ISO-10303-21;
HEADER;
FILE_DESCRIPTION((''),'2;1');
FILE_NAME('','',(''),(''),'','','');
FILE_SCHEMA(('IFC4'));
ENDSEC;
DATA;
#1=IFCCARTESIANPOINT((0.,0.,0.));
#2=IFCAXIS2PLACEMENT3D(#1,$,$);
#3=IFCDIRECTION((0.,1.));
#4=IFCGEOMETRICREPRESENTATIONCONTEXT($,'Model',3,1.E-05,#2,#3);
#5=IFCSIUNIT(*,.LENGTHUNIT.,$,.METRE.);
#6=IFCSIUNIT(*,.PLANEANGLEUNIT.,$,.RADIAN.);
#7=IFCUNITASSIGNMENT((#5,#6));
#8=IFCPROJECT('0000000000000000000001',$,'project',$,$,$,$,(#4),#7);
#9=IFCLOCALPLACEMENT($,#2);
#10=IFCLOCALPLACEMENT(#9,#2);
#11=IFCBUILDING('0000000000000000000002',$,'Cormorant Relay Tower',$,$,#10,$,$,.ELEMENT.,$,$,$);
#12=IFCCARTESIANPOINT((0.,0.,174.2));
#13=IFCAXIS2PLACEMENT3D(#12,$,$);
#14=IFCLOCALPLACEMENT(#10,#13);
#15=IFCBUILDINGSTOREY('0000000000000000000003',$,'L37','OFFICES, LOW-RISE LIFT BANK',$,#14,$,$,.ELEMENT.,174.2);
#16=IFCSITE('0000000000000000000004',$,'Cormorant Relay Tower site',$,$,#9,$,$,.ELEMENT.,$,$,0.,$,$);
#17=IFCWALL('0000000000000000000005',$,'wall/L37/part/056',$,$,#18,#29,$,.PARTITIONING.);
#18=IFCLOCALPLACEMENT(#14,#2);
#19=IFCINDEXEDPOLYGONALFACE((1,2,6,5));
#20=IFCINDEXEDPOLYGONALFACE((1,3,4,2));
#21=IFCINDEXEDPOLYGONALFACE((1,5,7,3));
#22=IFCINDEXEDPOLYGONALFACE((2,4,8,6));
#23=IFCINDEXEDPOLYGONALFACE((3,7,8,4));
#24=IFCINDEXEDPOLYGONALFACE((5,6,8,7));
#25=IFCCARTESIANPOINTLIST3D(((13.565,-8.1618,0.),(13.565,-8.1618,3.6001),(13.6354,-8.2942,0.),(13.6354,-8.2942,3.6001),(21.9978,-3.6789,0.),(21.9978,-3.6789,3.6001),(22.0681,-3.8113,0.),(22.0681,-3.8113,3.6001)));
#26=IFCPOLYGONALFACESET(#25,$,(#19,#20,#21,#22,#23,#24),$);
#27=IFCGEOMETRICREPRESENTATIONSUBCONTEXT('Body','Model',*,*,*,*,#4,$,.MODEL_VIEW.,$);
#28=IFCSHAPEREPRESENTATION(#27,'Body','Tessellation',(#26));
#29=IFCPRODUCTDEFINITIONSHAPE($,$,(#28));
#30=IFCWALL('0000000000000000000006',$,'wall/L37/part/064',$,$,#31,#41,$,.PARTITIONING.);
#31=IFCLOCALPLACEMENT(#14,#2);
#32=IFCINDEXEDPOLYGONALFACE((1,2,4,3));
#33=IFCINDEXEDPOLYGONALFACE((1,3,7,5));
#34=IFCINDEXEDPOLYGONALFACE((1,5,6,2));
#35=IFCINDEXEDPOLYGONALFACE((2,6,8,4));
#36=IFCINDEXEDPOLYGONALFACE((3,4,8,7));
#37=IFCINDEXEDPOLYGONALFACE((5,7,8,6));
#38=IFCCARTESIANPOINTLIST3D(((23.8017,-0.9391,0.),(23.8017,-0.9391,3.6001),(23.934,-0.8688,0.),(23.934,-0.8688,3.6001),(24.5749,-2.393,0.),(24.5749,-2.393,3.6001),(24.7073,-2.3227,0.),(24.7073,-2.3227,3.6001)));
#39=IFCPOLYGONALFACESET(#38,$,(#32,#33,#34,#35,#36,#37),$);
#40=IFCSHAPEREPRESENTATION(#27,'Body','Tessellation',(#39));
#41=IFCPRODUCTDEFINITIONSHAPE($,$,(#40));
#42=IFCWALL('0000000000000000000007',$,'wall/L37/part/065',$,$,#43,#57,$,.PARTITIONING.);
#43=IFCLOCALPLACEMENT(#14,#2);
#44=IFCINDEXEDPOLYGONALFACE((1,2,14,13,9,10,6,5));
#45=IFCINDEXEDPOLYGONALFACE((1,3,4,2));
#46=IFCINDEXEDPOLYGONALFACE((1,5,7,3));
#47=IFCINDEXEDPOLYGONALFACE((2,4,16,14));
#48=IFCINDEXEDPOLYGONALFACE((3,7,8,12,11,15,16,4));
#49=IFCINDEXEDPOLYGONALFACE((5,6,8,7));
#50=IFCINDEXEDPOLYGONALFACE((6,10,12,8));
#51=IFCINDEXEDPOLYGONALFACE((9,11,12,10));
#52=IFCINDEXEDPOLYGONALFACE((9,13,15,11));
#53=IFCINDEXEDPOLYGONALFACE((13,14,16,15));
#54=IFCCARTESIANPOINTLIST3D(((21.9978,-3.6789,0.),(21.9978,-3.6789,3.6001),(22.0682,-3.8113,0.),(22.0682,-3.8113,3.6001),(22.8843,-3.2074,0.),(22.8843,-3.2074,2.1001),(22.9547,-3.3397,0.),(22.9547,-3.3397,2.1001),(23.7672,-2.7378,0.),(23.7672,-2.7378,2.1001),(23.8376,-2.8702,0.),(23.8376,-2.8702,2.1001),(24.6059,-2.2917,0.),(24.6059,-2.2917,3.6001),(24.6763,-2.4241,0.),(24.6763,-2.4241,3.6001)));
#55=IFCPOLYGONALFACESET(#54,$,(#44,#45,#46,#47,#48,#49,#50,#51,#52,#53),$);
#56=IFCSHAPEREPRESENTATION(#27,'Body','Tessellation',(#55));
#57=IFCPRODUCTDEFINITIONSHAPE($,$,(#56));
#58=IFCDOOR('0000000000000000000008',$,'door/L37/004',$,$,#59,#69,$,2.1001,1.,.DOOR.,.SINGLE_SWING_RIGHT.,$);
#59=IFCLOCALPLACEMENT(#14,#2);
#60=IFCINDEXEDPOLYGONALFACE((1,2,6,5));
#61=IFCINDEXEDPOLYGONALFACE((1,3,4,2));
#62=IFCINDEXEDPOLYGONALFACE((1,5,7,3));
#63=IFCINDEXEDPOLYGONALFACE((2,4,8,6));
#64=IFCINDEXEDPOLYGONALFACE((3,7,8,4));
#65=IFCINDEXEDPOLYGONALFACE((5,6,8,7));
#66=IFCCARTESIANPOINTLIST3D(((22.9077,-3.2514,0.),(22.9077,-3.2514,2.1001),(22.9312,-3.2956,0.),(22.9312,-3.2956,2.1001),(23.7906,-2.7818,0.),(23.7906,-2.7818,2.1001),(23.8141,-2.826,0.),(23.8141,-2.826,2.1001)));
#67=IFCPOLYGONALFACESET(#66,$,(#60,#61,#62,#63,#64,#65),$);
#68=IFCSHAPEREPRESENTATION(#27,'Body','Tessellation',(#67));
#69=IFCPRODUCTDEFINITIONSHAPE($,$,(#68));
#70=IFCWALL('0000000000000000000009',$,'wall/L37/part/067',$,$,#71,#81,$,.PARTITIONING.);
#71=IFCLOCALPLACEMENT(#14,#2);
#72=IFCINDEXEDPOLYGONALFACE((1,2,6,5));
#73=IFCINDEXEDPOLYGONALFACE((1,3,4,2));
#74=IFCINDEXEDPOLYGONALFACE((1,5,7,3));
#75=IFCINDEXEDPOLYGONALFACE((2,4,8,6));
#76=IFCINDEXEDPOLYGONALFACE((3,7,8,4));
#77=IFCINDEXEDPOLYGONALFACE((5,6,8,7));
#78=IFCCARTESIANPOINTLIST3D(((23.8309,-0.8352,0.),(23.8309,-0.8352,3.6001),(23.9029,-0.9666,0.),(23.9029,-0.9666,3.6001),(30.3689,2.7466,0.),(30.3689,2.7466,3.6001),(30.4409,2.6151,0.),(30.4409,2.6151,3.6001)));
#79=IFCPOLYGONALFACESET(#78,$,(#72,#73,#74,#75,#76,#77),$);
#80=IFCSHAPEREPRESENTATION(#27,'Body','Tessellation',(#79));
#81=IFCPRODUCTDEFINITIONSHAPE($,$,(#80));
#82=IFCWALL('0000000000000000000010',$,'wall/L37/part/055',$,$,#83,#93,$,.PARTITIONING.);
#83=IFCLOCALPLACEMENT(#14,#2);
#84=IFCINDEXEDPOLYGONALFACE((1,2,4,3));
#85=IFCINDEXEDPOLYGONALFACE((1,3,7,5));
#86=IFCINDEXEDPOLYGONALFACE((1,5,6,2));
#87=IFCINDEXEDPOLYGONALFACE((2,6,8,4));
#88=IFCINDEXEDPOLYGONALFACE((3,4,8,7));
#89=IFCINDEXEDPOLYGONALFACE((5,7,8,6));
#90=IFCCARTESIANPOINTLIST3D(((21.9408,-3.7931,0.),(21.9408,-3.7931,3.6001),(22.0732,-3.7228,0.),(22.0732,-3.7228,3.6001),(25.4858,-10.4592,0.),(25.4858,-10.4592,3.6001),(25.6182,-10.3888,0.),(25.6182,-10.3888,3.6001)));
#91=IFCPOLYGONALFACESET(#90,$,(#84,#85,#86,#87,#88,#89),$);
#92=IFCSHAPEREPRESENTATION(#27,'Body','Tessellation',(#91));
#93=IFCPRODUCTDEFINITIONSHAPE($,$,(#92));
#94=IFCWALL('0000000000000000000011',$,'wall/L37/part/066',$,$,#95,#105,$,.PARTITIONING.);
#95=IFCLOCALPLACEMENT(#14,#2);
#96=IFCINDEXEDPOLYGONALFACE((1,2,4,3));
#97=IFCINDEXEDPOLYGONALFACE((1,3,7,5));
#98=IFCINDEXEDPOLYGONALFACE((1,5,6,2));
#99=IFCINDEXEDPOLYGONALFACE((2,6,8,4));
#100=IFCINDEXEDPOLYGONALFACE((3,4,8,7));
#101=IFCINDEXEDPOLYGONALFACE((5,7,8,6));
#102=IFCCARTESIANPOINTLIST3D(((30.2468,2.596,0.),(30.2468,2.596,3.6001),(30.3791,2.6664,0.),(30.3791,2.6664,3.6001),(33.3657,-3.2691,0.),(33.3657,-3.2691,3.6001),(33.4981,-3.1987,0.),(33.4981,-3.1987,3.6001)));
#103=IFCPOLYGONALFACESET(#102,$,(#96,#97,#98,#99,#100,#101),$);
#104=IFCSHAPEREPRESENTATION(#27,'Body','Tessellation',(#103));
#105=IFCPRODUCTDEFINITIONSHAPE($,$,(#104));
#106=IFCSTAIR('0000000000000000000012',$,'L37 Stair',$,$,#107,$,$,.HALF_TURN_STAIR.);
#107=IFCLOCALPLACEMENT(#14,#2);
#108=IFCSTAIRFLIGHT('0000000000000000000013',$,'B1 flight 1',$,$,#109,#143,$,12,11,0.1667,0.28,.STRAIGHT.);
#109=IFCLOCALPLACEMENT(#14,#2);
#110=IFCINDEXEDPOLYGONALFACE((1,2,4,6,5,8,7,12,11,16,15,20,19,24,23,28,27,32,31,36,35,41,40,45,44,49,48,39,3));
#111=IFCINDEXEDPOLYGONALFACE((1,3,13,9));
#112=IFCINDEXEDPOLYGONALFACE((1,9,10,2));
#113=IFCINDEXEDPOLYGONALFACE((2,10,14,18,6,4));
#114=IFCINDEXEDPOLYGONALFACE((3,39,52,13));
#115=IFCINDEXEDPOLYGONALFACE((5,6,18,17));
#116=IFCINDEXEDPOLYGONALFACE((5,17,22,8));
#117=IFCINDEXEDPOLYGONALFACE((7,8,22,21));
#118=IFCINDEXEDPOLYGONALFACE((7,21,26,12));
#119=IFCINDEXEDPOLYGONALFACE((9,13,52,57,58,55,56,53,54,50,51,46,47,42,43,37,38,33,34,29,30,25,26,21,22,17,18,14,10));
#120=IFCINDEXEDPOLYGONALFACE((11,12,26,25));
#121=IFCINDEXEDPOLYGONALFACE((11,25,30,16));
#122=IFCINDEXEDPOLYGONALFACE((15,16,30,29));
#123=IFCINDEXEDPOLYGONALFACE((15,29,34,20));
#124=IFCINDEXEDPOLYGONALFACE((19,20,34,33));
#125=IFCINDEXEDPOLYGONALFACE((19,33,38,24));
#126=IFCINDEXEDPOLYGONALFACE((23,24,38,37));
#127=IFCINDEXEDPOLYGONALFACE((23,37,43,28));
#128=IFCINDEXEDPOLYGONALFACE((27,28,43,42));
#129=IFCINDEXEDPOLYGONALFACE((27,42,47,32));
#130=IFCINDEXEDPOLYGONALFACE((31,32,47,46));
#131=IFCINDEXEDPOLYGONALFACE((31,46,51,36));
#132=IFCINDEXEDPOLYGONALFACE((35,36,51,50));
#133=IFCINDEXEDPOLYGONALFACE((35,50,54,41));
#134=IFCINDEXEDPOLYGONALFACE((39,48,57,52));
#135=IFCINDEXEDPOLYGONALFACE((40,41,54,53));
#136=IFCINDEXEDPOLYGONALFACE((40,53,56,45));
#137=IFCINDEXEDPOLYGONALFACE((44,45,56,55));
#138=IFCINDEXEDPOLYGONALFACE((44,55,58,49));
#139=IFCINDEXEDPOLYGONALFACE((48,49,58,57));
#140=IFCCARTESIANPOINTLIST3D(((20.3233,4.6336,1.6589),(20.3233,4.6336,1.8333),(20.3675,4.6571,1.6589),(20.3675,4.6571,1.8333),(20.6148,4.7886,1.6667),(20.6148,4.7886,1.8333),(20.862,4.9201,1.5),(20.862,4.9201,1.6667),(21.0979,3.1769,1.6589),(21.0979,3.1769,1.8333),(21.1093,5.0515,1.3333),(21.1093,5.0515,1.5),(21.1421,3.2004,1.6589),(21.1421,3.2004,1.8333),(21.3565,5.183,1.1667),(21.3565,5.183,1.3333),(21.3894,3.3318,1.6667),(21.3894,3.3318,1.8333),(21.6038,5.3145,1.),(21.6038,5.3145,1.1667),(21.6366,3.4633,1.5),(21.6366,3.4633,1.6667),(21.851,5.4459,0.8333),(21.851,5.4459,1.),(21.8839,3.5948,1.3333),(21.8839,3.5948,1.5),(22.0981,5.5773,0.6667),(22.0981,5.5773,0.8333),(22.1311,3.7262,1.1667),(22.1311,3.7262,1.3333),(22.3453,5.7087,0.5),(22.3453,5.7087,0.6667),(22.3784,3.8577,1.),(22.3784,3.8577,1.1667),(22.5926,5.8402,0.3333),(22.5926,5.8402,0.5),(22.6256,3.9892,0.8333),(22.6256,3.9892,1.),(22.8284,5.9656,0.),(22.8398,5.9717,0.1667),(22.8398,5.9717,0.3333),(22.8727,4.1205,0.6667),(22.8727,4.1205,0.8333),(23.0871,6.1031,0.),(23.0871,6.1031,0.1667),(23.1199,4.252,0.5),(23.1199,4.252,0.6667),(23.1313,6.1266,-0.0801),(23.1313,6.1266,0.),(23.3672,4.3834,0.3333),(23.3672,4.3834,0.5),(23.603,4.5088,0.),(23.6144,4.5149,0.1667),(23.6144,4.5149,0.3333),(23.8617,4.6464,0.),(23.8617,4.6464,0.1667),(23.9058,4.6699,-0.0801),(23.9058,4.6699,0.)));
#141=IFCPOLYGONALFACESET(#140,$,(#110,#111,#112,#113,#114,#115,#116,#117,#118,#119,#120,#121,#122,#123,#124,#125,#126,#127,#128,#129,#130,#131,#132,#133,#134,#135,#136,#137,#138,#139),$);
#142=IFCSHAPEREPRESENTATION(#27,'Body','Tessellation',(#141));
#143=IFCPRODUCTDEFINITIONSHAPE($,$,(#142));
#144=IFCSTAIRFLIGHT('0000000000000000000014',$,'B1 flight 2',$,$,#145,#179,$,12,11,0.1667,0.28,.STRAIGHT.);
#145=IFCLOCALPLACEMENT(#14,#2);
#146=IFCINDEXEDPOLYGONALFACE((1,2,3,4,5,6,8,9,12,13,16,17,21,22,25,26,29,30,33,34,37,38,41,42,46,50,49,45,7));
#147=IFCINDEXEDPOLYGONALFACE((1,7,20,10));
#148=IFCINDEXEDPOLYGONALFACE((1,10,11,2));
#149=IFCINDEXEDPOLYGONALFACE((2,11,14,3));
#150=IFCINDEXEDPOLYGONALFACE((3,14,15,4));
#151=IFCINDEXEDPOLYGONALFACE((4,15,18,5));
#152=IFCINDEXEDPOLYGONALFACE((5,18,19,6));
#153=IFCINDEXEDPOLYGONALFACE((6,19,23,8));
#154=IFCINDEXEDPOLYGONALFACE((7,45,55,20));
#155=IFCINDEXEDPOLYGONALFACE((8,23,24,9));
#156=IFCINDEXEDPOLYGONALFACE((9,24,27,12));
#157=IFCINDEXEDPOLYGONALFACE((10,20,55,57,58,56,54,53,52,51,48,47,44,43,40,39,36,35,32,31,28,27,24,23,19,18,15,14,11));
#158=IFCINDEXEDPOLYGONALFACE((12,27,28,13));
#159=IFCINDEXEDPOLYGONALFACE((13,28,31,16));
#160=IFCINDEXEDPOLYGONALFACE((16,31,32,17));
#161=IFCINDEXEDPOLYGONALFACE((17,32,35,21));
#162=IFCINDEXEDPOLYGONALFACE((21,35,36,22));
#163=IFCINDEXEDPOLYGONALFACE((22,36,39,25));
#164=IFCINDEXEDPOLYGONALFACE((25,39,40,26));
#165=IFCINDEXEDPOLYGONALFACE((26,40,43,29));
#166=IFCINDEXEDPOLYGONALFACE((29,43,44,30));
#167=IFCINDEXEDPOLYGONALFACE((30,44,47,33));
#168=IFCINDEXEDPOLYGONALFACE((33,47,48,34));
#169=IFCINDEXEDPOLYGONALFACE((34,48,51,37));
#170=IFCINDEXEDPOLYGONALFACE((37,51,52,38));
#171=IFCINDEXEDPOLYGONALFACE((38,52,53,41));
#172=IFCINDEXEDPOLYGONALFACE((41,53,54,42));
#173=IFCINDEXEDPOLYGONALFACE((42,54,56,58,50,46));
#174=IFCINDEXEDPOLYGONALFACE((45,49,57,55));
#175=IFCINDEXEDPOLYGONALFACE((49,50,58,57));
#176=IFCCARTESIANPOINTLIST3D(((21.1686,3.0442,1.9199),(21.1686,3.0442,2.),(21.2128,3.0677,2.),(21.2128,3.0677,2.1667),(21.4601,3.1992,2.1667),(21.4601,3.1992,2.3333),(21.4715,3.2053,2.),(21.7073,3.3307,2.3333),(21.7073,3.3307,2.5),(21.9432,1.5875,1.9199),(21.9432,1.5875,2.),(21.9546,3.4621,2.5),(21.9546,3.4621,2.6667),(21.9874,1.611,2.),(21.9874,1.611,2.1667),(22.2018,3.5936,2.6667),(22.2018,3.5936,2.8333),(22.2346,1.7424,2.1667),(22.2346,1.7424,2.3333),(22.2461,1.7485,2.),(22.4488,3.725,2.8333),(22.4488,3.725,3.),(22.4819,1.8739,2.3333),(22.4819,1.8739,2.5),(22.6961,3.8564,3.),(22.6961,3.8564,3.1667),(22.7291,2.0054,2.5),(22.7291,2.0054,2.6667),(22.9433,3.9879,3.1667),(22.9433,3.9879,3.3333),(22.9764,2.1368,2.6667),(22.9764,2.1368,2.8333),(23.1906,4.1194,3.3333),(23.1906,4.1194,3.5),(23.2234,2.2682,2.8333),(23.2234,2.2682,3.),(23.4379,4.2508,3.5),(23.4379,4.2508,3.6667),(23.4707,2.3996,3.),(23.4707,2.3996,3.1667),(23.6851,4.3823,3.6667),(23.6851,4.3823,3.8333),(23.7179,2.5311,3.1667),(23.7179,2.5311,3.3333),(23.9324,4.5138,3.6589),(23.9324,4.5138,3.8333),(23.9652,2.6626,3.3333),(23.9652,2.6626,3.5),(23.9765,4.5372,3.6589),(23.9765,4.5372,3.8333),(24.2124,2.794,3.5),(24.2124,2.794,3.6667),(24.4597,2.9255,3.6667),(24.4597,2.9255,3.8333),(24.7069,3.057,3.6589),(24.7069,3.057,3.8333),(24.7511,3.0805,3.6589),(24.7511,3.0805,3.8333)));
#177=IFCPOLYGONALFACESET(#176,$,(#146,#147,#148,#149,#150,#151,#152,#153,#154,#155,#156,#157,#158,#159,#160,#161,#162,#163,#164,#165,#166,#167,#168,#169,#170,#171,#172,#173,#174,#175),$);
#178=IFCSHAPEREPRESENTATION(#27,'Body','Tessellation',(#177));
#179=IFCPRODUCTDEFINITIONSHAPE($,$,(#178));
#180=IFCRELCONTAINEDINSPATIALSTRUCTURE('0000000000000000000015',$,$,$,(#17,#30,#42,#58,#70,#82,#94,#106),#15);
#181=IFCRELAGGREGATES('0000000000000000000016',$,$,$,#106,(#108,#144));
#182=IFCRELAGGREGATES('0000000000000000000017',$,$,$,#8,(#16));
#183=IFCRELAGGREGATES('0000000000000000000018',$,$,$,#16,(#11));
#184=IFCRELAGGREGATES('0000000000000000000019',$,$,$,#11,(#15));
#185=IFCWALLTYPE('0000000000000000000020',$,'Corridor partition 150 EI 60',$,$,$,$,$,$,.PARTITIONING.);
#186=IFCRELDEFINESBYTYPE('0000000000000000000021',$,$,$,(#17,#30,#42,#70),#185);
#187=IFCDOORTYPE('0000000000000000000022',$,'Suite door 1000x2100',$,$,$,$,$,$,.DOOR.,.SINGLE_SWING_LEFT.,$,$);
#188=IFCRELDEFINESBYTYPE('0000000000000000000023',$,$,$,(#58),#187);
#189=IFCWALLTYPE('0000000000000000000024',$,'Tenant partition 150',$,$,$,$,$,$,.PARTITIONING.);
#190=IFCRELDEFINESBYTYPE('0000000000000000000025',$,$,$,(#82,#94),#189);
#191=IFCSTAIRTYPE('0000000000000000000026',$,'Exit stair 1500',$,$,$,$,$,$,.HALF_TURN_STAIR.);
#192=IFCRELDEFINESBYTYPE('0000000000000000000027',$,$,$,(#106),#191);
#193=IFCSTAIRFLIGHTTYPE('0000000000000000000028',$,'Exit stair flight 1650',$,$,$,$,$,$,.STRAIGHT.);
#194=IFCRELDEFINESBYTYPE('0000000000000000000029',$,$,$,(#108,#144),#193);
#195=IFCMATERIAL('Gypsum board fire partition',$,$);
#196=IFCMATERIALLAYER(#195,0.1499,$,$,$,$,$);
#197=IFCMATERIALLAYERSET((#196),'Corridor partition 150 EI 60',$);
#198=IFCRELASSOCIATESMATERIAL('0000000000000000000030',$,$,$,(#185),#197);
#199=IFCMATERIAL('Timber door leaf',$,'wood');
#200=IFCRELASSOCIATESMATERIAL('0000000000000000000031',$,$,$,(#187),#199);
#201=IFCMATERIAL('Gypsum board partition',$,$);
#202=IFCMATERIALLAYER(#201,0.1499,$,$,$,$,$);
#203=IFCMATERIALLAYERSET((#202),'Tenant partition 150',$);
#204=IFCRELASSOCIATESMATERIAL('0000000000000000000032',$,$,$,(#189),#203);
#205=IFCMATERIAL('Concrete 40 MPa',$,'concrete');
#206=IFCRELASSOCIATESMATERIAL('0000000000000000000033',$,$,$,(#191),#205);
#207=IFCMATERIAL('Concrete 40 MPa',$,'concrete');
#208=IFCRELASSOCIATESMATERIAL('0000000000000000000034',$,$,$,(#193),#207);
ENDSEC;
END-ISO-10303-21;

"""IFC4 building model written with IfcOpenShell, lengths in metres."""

from ifc_helpers import new_model, si_unit, direction, frame, frame_2d, origin, place, context, subcontext, project, spatial, polyline, rectangle, outline, extrude, material, layer, layer_set, type_object, element, fill, aggregate, save


model = new_model("IFC4")

# Units and contexts
model_context = context("Model", 3, precision=1e-05, world=origin(), true_north=direction((0.0, 1.0)))
body_context = subcontext(model_context, "Body", "Model", "MODEL_VIEW")
ifc_project = project(units=[si_unit("LENGTHUNIT", "METRE"), si_unit("PLANEANGLEUNIT", "RADIAN")], contexts=[model_context])

# Site, building, storey
site_placement = place(None, origin())
site = spatial("IfcSite", under=ifc_project, at=site_placement, Name="Cormorant Relay Tower site", CompositionType="ELEMENT", RefElevation=0.0)
building_placement = place(site_placement, origin())
building = spatial("IfcBuilding", under=site, at=building_placement, Name="Cormorant Relay Tower", CompositionType="ELEMENT")
storey_placement = place(building_placement, frame((0.0, 0.0, 174.2)))
storey = spatial("IfcBuildingStorey", under=building, at=storey_placement, Name="L37", Description="OFFICES, LOW-RISE LIFT BANK", CompositionType="ELEMENT", Elevation=174.2)

# Walls
ifc_material_1 = material(Name="Gypsum board fire partition")
ifc_layer_1 = layer(ifc_material_1, 0.1499)
ifc_layer_set_1 = layer_set([ifc_layer_1], Name="Corridor partition 150 EI 60")
wall_type_1 = type_object("IfcWallType", Name="Corridor partition 150 EI 60", PredefinedType="PARTITIONING", material=ifc_layer_set_1)
wall_1_placement = place(storey_placement, frame((22.033, -3.7451, 0.0), z_axis=(0.0, 0.0, 1.0), x_axis=(-0.882988, -0.469396, 0.0)))
element("IfcWall", 1, at=wall_1_placement, inside=storey, type_object=wall_type_1, Name="wall/L37/part/056", PredefinedType="PARTITIONING", context=body_context, shape_type="SweptSolid", body=[
    extrude(rectangle(XDim=9.5503, YDim=0.1499, at=frame_2d((4.7751, 0.0))), origin(), (0.0, 0.0, 1.0), 3.6001),
])
wall_2_placement = place(storey_placement, frame((23.8679, -0.9041, 0.0), z_axis=(0.0, 0.0, 1.0), x_axis=(0.469549, -0.882906, 0.0)))
element("IfcWall", 2, at=wall_2_placement, inside=storey, type_object=wall_type_1, Name="wall/L37/part/064", PredefinedType="PARTITIONING", context=body_context, shape_type="SweptSolid", body=[
    extrude(rectangle(XDim=1.6467, YDim=0.1499, at=frame_2d((0.8232, 0.0))), origin(), (0.0, 0.0, 1.0), 3.6001),
])

# Wall, opening, door
wall_3_placement = place(storey_placement, frame((24.6411, -2.3579, 0.0), z_axis=(0.0, 0.0, 1.0), x_axis=(-0.882888, -0.469584, 0.0)))
wall_3 = element("IfcWall", 3, at=wall_3_placement, inside=storey, type_object=wall_type_1, Name="wall/L37/part/065", PredefinedType="PARTITIONING", context=body_context, shape_type="SweptSolid", body=[
    extrude(rectangle(XDim=2.9541, YDim=0.1499, at=frame_2d((1.4771, 0.0))), origin(), (0.0, 0.0, 1.0), 3.6001),
])
opening_1_placement = place(wall_3_placement, frame((0.95, 0.0, 0.0)))
opening_1 = element("IfcOpeningElement", 4, at=opening_1_placement, cuts=wall_3, PredefinedType="OPENING", context=body_context, shape_type="SweptSolid", body=[
    extrude(rectangle(XDim=1.0, YDim=2.1001, at=frame_2d((0.5, 1.05))), frame((0.0, 0.085, 0.0), z_axis=(0.0, -1.0, 0.0), x_axis=(1.0, 0.0, 0.0)), (0.0, 0.0, 1.0), 0.1699),
])
ifc_material_2 = material(Name="Timber door leaf", Category="wood")
door_type_1 = type_object("IfcDoorType", Name="Suite door 1000x2100", OperationType="SINGLE_SWING_LEFT", PredefinedType="DOOR", material=ifc_material_2)
door_1_placement = place(opening_1_placement, origin())
door_1 = element("IfcDoor", 5, at=door_1_placement, inside=storey, type_object=door_type_1, Name="door/L37/004", OperationType="SINGLE_SWING_RIGHT", OverallHeight=2.1001, OverallWidth=1.0, PredefinedType="DOOR", context=body_context, shape_type="SweptSolid", body=[
    extrude(rectangle(XDim=1.0, YDim=2.1001, at=frame_2d((0.5, 1.05))), frame((0.0, 0.0249, 0.0), z_axis=(0.0, -1.0, 0.0), x_axis=(1.0, 0.0, 0.0)), (0.0, 0.0, 1.0), 0.05),
])
fill(opening_1, door_1)

# Walls
wall_4_placement = place(storey_placement, frame((30.405, 2.6809, 0.0), z_axis=(0.0, 0.0, 1.0), x_axis=(-0.877017, -0.48046, 0.0)))
element("IfcWall", 6, at=wall_4_placement, inside=storey, type_object=wall_type_1, Name="wall/L37/part/067", PredefinedType="PARTITIONING", context=body_context, shape_type="SweptSolid", body=[
    extrude(rectangle(XDim=7.4548, YDim=0.1499, at=frame_2d((3.7275, 0.0))), origin(), (0.0, 0.0, 1.0), 3.6001),
])
ifc_material_3 = material(Name="Gypsum board partition")
ifc_layer_2 = layer(ifc_material_3, 0.1499)
ifc_layer_set_2 = layer_set([ifc_layer_2], Name="Tenant partition 150")
wall_type_2 = type_object("IfcWallType", Name="Tenant partition 150", PredefinedType="PARTITIONING", material=ifc_layer_set_2)
wall_5_placement = place(storey_placement, frame((22.0071, -3.7581, 0.0), z_axis=(0.0, 0.0, 1.0), x_axis=(0.469527, -0.882918, 0.0)))
element("IfcWall", 7, at=wall_5_placement, inside=storey, type_object=wall_type_2, Name="wall/L37/part/055", PredefinedType="PARTITIONING", context=body_context, shape_type="SweptSolid", body=[
    extrude(rectangle(XDim=7.55, YDim=0.1499, at=frame_2d((3.7749, 0.0))), origin(), (0.0, 0.0, 1.0), 3.6001),
])
wall_6_placement = place(storey_placement, frame((30.313, 2.6311, 0.0), z_axis=(0.0, 0.0, 1.0), x_axis=(0.469522, -0.882921, 0.0)))
element("IfcWall", 8, at=wall_6_placement, inside=storey, type_object=wall_type_2, Name="wall/L37/part/066", PredefinedType="PARTITIONING", context=body_context, shape_type="SweptSolid", body=[
    extrude(rectangle(XDim=6.6428, YDim=0.1499, at=frame_2d((3.3213, 0.0))), origin(), (0.0, 0.0, 1.0), 3.6001),
])

# Stair, stair flights
ifc_material_4 = material(Name="Concrete 40 MPa", Category="concrete")
stair_type = type_object("IfcStairType", Name="Exit stair 1500", PredefinedType="HALF_TURN_STAIR", material=ifc_material_4)
stair_placement = place(storey_placement, origin())
stair = element("IfcStair", 9, at=stair_placement, inside=storey, type_object=stair_type, Name="L37 Stair", PredefinedType="HALF_TURN_STAIR")
ifc_material_5 = material(Name="Concrete 40 MPa", Category="concrete")
stair_flight_type = type_object("IfcStairFlightType", Name="Exit stair flight 1650", PredefinedType="STRAIGHT", material=ifc_material_5)
stair_flight_1_placement = place(storey_placement, frame((23.4744, 5.3748, 0.0), z_axis=(0.0, 0.0, 1.0), x_axis=(-0.882948, -0.469472, 0.0)))
stair_flight_1 = element("IfcStairFlight", 10, at=stair_flight_1_placement, type_object=stair_flight_type, Name="B1 flight 1", NumberOfRisers=12, NumberOfTreads=11, PredefinedType="STRAIGHT", RiserHeight=0.1667, TreadLength=0.28, context=body_context, shape_type="SweptSolid", body=[
    extrude(outline(polyline([(-0.05, -0.0801), (-0.05, 0.0), (0.0, 0.0), (0.0, 0.1667), (0.28, 0.1667), (0.28, 0.3333), (0.5601, 0.3333), (0.5601, 0.5), (0.8401, 0.5), (0.8401, 0.6667), (1.1201, 0.6667), (1.1201, 0.8333), (1.3999, 0.8333), (1.3999, 1.0), (1.6799, 1.0), (1.6799, 1.1667), (1.96, 1.1667), (1.96, 1.3333), (2.24, 1.3333), (2.24, 1.5), (2.52, 1.5), (2.52, 1.6667), (2.8, 1.6667), (2.8, 1.8333), (3.0801, 1.8333), (3.1301, 1.8333), (3.1301, 1.6589), (3.0801, 1.6589), (0.293, 0.0), (-0.05, -0.0801)])), frame((0.0, 0.825, 0.0), z_axis=(0.0, -1.0, 0.0), x_axis=(1.0, 0.0, 0.0)), (0.0, 0.0, 1.0), 1.6499),
])
stair_flight_2_placement = place(storey_placement, frame((21.6001, 2.3394, 2.0), z_axis=(0.0, 0.0, 1.0), x_axis=(0.882948, 0.469472, 0.0)))
stair_flight_2 = element("IfcStairFlight", 11, at=stair_flight_2_placement, type_object=stair_flight_type, Name="B1 flight 2", NumberOfRisers=12, NumberOfTreads=11, PredefinedType="STRAIGHT", RiserHeight=0.1667, TreadLength=0.28, context=body_context, shape_type="SweptSolid", body=[
    extrude(outline(polyline([(-0.05, -0.0801), (-0.05, 0.0), (0.0, 0.0), (0.0, 0.1667), (0.28, 0.1667), (0.28, 0.3333), (0.5601, 0.3333), (0.5601, 0.5), (0.8401, 0.5), (0.8401, 0.6667), (1.1201, 0.6667), (1.1201, 0.8333), (1.3999, 0.8333), (1.3999, 1.0), (1.6799, 1.0), (1.6799, 1.1667), (1.96, 1.1667), (1.96, 1.3333), (2.24, 1.3333), (2.24, 1.5), (2.52, 1.5), (2.52, 1.6667), (2.8, 1.6667), (2.8, 1.8333), (3.0801, 1.8333), (3.1301, 1.8333), (3.1301, 1.6589), (3.0801, 1.6589), (0.293, 0.0), (-0.05, -0.0801)])), frame((0.0, 0.825, 0.0), z_axis=(0.0, -1.0, 0.0), x_axis=(1.0, 0.0, 0.0)), (0.0, 0.0, 1.0), 1.6499),
])
aggregate(stair, [stair_flight_1, stair_flight_2])

save(model, "model.ifc")
